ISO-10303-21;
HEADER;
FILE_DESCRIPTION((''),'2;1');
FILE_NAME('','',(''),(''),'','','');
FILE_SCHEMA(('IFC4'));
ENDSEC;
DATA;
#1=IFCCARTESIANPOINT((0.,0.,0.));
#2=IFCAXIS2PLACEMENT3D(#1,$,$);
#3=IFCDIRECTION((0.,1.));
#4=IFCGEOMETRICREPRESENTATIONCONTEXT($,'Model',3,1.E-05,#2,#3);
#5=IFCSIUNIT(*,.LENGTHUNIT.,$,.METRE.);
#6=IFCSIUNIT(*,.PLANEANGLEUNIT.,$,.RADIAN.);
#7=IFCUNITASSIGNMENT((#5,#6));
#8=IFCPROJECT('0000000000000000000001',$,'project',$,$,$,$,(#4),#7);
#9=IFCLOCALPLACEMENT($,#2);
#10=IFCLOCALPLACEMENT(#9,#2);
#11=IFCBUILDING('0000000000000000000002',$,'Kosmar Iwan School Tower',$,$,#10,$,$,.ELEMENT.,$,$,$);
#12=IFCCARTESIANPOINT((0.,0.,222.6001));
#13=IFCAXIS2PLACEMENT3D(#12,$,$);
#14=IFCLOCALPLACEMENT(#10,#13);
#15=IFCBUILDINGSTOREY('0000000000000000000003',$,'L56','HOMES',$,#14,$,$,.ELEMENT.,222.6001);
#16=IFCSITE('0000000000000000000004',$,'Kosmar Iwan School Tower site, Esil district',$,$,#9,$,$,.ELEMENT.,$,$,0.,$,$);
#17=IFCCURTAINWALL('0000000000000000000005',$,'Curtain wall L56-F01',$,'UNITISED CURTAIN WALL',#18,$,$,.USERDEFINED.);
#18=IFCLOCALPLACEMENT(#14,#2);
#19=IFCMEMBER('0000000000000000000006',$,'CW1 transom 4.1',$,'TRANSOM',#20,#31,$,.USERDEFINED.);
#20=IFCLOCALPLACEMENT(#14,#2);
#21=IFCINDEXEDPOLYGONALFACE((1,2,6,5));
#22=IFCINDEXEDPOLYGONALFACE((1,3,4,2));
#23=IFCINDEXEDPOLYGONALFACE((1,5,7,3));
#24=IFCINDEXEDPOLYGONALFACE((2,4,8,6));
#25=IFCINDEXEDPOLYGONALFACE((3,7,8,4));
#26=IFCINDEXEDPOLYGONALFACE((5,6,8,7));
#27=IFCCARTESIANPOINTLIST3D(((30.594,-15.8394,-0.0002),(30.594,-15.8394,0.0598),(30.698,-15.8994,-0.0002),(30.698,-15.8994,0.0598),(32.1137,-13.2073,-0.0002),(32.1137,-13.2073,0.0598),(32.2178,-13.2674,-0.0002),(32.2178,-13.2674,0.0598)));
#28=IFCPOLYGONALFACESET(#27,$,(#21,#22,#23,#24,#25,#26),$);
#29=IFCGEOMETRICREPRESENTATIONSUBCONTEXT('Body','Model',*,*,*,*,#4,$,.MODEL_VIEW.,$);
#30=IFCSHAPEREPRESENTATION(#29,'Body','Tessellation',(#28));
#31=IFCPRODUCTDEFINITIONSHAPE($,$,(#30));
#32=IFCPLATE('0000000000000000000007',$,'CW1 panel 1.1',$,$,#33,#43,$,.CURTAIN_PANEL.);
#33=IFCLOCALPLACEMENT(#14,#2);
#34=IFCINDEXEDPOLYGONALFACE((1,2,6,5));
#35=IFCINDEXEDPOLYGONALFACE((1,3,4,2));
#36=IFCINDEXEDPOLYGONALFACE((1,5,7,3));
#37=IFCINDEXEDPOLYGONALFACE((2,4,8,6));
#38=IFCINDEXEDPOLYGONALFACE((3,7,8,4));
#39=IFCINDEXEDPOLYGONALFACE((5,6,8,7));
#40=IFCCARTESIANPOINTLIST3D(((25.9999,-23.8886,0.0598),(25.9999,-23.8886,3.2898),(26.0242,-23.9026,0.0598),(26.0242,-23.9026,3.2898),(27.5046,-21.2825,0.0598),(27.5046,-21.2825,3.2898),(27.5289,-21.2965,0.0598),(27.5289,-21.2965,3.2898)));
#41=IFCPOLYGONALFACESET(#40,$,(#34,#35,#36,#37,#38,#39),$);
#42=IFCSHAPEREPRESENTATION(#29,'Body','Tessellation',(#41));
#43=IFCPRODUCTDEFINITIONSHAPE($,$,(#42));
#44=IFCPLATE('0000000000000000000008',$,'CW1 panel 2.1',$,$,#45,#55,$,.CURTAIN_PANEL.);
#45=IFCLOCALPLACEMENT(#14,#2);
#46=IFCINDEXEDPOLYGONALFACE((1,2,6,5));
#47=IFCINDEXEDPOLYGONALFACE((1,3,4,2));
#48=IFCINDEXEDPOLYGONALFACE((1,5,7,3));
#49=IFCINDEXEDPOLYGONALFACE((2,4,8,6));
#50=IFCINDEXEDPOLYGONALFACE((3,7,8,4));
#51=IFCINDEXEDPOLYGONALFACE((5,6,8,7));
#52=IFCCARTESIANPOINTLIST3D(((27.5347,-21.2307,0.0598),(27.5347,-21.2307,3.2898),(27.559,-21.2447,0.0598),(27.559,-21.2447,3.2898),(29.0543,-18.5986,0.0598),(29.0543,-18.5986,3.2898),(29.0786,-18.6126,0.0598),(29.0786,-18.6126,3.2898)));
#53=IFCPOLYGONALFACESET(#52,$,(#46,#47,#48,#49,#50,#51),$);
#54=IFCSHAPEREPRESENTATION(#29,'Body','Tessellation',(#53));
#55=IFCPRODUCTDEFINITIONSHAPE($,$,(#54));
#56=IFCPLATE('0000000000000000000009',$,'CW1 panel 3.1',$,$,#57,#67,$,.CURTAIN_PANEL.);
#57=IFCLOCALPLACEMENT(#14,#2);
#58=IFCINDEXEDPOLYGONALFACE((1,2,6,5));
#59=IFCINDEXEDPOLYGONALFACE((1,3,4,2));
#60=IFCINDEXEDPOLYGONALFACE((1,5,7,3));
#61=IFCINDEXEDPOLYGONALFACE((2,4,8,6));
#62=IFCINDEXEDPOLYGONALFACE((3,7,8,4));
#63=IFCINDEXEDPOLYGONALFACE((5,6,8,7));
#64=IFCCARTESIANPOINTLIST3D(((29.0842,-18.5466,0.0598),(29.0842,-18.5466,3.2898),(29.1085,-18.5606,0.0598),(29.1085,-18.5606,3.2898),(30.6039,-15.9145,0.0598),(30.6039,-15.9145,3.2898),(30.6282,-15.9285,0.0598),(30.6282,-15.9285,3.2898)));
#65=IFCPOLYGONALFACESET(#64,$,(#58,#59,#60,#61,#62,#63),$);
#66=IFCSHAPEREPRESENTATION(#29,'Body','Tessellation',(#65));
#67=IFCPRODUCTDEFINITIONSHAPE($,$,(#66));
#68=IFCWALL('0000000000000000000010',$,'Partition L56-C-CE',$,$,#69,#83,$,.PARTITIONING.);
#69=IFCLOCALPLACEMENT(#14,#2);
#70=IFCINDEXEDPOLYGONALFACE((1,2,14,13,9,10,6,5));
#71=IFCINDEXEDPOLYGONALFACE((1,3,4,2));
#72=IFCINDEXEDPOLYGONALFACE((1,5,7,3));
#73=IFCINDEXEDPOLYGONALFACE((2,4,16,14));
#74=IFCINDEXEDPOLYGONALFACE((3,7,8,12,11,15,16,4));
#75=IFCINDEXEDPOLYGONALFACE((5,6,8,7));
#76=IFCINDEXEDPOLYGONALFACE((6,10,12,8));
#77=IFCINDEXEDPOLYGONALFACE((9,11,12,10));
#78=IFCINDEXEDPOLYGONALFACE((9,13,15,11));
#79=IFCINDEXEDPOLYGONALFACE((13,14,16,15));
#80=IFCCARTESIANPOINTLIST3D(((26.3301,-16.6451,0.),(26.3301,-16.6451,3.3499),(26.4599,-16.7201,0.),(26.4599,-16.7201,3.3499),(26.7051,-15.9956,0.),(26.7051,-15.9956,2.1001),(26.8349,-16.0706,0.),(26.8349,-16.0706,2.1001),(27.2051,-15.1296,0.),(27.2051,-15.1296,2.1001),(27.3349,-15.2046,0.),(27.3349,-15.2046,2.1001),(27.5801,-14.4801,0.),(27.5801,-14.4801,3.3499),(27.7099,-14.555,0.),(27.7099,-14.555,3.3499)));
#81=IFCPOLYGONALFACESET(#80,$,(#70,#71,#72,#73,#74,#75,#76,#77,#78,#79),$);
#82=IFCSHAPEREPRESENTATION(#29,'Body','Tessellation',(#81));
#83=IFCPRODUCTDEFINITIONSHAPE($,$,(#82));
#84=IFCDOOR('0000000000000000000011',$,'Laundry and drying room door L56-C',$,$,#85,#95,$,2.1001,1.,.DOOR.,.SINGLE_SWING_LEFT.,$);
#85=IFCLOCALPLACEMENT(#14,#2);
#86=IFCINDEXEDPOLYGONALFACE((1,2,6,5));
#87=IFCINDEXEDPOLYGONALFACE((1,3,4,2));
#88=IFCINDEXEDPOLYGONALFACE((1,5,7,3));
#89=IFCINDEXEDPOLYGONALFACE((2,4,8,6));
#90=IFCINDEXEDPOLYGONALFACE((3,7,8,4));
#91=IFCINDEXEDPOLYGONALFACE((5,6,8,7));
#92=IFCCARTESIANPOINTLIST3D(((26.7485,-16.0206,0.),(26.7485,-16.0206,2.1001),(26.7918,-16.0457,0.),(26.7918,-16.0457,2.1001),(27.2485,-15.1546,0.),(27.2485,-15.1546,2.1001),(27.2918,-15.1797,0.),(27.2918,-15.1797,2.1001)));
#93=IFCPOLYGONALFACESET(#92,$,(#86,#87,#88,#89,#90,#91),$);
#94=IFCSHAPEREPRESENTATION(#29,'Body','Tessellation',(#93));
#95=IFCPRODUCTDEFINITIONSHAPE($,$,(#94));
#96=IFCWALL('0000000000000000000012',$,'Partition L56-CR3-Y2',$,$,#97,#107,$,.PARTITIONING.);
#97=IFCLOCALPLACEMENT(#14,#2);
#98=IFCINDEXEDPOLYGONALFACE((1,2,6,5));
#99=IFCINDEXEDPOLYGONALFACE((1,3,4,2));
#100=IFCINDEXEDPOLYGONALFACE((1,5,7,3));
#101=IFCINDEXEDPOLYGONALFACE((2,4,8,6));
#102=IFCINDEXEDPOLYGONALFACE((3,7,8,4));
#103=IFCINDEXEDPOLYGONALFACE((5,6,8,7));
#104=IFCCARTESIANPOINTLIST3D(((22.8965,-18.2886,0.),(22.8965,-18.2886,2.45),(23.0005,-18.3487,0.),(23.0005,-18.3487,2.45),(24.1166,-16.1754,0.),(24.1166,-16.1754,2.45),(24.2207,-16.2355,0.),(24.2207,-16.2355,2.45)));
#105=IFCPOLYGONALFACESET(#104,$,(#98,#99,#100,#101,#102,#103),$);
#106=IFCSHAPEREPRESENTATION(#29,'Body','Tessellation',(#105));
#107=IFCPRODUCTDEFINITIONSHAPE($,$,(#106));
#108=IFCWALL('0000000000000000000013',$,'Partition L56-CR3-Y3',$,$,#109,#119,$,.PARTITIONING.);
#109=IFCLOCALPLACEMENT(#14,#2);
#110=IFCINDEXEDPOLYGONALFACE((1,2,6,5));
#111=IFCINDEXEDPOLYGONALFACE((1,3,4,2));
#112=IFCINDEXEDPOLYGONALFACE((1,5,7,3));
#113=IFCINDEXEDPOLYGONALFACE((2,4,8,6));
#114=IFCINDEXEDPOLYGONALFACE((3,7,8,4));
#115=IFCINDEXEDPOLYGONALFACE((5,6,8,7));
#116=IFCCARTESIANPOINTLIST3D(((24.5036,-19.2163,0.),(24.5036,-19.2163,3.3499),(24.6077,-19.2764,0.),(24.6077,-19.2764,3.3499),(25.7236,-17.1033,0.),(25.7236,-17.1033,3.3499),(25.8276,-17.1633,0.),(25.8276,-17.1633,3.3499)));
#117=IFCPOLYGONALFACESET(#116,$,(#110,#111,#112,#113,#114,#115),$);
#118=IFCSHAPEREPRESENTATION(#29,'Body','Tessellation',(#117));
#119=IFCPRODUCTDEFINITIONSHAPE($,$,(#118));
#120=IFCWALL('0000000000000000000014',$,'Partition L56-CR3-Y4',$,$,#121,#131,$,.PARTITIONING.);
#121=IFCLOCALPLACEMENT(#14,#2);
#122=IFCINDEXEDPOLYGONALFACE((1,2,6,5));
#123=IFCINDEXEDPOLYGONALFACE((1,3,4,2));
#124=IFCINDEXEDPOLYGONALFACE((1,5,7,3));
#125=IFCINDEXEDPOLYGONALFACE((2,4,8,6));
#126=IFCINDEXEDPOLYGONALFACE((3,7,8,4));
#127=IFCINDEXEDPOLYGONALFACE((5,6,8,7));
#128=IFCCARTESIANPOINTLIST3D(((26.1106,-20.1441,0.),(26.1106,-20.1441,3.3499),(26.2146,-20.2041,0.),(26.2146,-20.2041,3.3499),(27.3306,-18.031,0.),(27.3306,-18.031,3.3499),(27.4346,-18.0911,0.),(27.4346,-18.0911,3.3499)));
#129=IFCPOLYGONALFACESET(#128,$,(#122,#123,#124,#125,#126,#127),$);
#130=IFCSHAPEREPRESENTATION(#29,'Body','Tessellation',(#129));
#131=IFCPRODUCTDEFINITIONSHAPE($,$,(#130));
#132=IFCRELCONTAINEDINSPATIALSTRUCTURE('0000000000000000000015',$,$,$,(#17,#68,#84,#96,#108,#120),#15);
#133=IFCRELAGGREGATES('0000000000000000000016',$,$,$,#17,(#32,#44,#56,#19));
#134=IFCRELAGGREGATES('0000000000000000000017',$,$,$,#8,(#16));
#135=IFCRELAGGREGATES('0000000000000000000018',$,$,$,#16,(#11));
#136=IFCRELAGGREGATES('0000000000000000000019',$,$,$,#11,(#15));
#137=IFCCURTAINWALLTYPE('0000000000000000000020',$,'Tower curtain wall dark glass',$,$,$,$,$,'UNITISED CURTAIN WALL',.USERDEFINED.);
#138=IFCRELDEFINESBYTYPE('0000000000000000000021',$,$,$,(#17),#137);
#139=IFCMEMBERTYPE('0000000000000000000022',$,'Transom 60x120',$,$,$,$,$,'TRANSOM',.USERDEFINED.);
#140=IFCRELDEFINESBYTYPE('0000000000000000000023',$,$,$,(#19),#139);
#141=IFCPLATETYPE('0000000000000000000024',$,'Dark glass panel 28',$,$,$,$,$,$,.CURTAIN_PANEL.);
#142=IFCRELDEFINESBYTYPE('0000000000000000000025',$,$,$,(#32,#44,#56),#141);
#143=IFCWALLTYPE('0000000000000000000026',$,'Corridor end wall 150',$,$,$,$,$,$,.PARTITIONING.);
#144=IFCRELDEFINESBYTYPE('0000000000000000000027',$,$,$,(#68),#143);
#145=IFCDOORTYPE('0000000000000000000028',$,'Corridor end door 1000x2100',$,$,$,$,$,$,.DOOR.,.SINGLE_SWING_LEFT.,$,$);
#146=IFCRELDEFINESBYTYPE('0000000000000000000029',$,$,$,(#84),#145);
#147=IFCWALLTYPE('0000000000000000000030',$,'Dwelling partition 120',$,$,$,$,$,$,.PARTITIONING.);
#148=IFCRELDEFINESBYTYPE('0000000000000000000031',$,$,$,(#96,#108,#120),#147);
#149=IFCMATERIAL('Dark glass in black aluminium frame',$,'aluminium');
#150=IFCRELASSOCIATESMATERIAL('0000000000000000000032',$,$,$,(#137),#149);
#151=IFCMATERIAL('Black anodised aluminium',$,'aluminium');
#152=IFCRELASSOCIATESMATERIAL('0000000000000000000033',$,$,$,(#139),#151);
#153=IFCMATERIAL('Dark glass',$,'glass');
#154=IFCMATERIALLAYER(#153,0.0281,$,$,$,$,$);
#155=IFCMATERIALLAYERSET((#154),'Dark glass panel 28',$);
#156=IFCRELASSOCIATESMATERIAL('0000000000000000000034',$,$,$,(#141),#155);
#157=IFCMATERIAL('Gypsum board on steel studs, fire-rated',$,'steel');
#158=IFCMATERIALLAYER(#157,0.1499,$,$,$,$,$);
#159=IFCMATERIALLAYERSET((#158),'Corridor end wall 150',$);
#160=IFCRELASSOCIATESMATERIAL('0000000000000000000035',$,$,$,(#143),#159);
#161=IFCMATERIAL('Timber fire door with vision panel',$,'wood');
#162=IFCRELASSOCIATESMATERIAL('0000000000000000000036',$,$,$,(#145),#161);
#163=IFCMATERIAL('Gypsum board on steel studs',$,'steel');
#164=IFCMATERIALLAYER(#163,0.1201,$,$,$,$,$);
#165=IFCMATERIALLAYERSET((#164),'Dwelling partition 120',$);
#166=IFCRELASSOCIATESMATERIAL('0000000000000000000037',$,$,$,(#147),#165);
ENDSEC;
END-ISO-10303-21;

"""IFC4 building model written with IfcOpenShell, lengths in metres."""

from ifc_helpers import new_model, si_unit, direction, frame, frame_2d, origin, origin_2d, place, context, subcontext, project, spatial, rectangle, extrude, material, layer, layer_set, material_profile, profile_set, type_object, element, fill, aggregate, save


model = new_model("IFC4")

# Units and contexts
model_context = context("Model", 3, precision=1e-05, world=origin(), true_north=direction((0.0, 1.0)))
body_context = subcontext(model_context, "Body", "Model", "MODEL_VIEW")
ifc_project = project(units=[si_unit("LENGTHUNIT", "METRE"), si_unit("PLANEANGLEUNIT", "RADIAN")], contexts=[model_context])

# Site, building, storey
site_placement = place(None, origin())
site = spatial("IfcSite", under=ifc_project, at=site_placement, Name="Kosmar Iwan School Tower site, Esil district", CompositionType="ELEMENT", RefElevation=0.0)
building_placement = place(site_placement, origin())
building = spatial("IfcBuilding", under=site, at=building_placement, Name="Kosmar Iwan School Tower", CompositionType="ELEMENT")
storey_placement = place(building_placement, frame((0.0, 0.0, 222.6001)))
storey = spatial("IfcBuildingStorey", under=building, at=storey_placement, Name="L56", Description="HOMES", CompositionType="ELEMENT", Elevation=222.6001)

# Curtain wall
ifc_material_1 = material(Name="Dark glass in black aluminium frame", Category="aluminium")
curtain_wall_type_1 = type_object("IfcCurtainWallType", Name="Tower curtain wall dark glass", ElementType="UNITISED CURTAIN WALL", PredefinedType="USERDEFINED", material=ifc_material_1)
curtain_wall_1_placement = place(storey_placement, origin())
curtain_wall_1 = element("IfcCurtainWall", 1, at=curtain_wall_1_placement, inside=storey, type_object=curtain_wall_type_1, Name="Curtain wall L56-F01", ObjectType="UNITISED CURTAIN WALL", PredefinedType="USERDEFINED")

# Member
ifc_material_2 = material(Name="Black anodised aluminium", Category="aluminium")
ifc_material_profile_1 = material_profile(ifc_material_2, rectangle(XDim=0.1201, YDim=0.0601, at=origin_2d()), Name="TRANSOM 60x120")
ifc_profile_set_1 = profile_set([ifc_material_profile_1], Name="Black anodised aluminium")
member_type_1 = type_object("IfcMemberType", Name="Transom 60x120", ElementType="TRANSOM", PredefinedType="USERDEFINED", material=ifc_profile_set_1)
member_1_placement = place(storey_placement, frame((30.646, -15.8694, 0.0298), z_axis=(0.500035, 0.866005, 0.0), x_axis=(-0.866005, 0.500035, 0.0)))
member_1 = element("IfcMember", 2, at=member_1_placement, type_object=member_type_1, Name="CW1 transom 4.1", ObjectType="TRANSOM", PredefinedType="USERDEFINED", context=body_context, shape_type="SweptSolid", body=[
    extrude(rectangle(XDim=0.1201, YDim=0.0601, at=origin_2d()), origin(), (0.0, 0.0, 1.0), 3.0393),
])

# Plates
ifc_material_3 = material(Name="Dark glass", Category="glass")
ifc_layer_1 = layer(ifc_material_3, 0.0281)
ifc_layer_set_1 = layer_set([ifc_layer_1], Name="Dark glass panel 28")
plate_type = type_object("IfcPlateType", Name="Dark glass panel 28", PredefinedType="CURTAIN_PANEL", material=ifc_layer_set_1)
plate_1_placement = place(storey_placement, frame((26.7644, -22.5925, 0.0598), z_axis=(0.0, 0.0, 1.0), x_axis=(0.5, 0.866025, 0.0)))
plate_1 = element("IfcPlate", 3, at=plate_1_placement, type_object=plate_type, Name="CW1 panel 1.1", PredefinedType="CURTAIN_PANEL", context=body_context, shape_type="SweptSolid", body=[
    extrude(rectangle(XDim=3.0093, YDim=0.0281, at=origin_2d()), origin(), (0.0, 0.0, 1.0), 3.23),
])
plate_2_placement = place(storey_placement, frame((28.3066, -19.9216, 0.0598), z_axis=(0.0, 0.0, 1.0), x_axis=(0.5, 0.866025, 0.0)))
plate_2 = element("IfcPlate", 4, at=plate_2_placement, type_object=plate_type, Name="CW1 panel 2.1", PredefinedType="CURTAIN_PANEL", context=body_context, shape_type="SweptSolid", body=[
    extrude(rectangle(XDim=3.0393, YDim=0.0281, at=origin_2d()), origin(), (0.0, 0.0, 1.0), 3.23),
])
plate_3_placement = place(storey_placement, frame((29.8562, -17.2375, 0.0598), z_axis=(0.0, 0.0, 1.0), x_axis=(0.5, 0.866025, 0.0)))
plate_3 = element("IfcPlate", 5, at=plate_3_placement, type_object=plate_type, Name="CW1 panel 3.1", PredefinedType="CURTAIN_PANEL", context=body_context, shape_type="SweptSolid", body=[
    extrude(rectangle(XDim=3.0393, YDim=0.0281, at=origin_2d()), origin(), (0.0, 0.0, 1.0), 3.23),
])
aggregate(curtain_wall_1, [plate_1, plate_2, plate_3, member_1])

# Wall, opening, door
ifc_material_4 = material(Name="Gypsum board on steel studs, fire-rated", Category="steel")
ifc_layer_2 = layer(ifc_material_4, 0.1499)
ifc_layer_set_2 = layer_set([ifc_layer_2], Name="Corridor end wall 150")
wall_type_1 = type_object("IfcWallType", Name="Corridor end wall 150", PredefinedType="PARTITIONING", material=ifc_layer_set_2)
wall_1_placement = place(storey_placement, frame((26.395, -16.6826, 0.0), z_axis=(0.0, 0.0, 1.0), x_axis=(0.500004, 0.866023, 0.0)))
wall_1 = element("IfcWall", 6, at=wall_1_placement, inside=storey, type_object=wall_type_1, Name="Partition L56-C-CE", PredefinedType="PARTITIONING", context=body_context, shape_type="SweptSolid", body=[
    extrude(rectangle(XDim=2.5, YDim=0.1499, at=frame_2d((1.25, 0.0))), origin(), (0.0, 0.0, 1.0), 3.3499),
])
opening_placement = place(wall_1_placement, frame((0.75, 0.0, 0.0)))
opening = element("IfcOpeningElement", 7, at=opening_placement, cuts=wall_1, PredefinedType="OPENING", context=body_context, shape_type="SweptSolid", body=[
    extrude(rectangle(XDim=1.0, YDim=2.1001, at=frame_2d((0.5, 1.05))), frame((0.0, 0.0869, 0.0), z_axis=(0.0, -1.0, 0.0), x_axis=(1.0, 0.0, 0.0)), (0.0, 0.0, 1.0), 0.1738),
])
ifc_material_5 = material(Name="Timber fire door with vision panel", Category="wood")
door_type = type_object("IfcDoorType", Name="Corridor end door 1000x2100", OperationType="SINGLE_SWING_LEFT", PredefinedType="DOOR", material=ifc_material_5)
door_placement = place(opening_placement, origin())
door = element("IfcDoor", 8, at=door_placement, inside=storey, type_object=door_type, Name="Laundry and drying room door L56-C", OperationType="SINGLE_SWING_LEFT", OverallHeight=2.1001, OverallWidth=1.0, PredefinedType="DOOR", context=body_context, shape_type="SweptSolid", body=[
    extrude(rectangle(XDim=1.0, YDim=2.1001, at=frame_2d((0.5, 1.05))), frame((0.0, 0.0249, 0.0), z_axis=(0.0, -1.0, 0.0), x_axis=(1.0, 0.0, 0.0)), (0.0, 0.0, 1.0), 0.05),
])
fill(opening, door)

# Walls
ifc_material_6 = material(Name="Gypsum board on steel studs", Category="steel")
ifc_layer_3 = layer(ifc_material_6, 0.1201)
ifc_layer_set_3 = layer_set([ifc_layer_3], Name="Dwelling partition 120")
wall_type_2 = type_object("IfcWallType", Name="Dwelling partition 120", PredefinedType="PARTITIONING", material=ifc_layer_set_3)
wall_2_placement = place(storey_placement, frame((24.1687, -16.2053, 0.0), z_axis=(0.0, 0.0, 1.0), x_axis=(-0.500034, -0.866006, 0.0)))
element("IfcWall", 9, at=wall_2_placement, inside=storey, type_object=wall_type_2, Name="Partition L56-CR3-Y2", PredefinedType="PARTITIONING", context=body_context, shape_type="SweptSolid", body=[
    extrude(rectangle(XDim=2.4402, YDim=0.1201, at=frame_2d((1.2202, 0.0))), origin(), (0.0, 0.0, 1.0), 2.45),
])
for number, where, z_axis, x_axis, name in (
    (10, (25.7756, -17.1333, 0.0), (0.0, 0.0, 1.0), (-0.500003, -0.866024, 0.0), "Partition L56-CR3-Y3"),
    (11, (27.3826, -18.061, 0.0), (0.0, 0.0, 1.0), (-0.500003, -0.866024, 0.0), "Partition L56-CR3-Y4"),
):
    element("IfcWall", number, at=place(storey_placement, frame(where, z_axis=z_axis, x_axis=x_axis)), inside=storey, type_object=wall_type_2, Name=name, PredefinedType="PARTITIONING", context=body_context, shape_type="SweptSolid", body=[
        extrude(rectangle(XDim=2.4399, YDim=0.1201, at=frame_2d((1.22, 0.0))), origin(), (0.0, 0.0, 1.0), 3.3499),
    ])

save(model, "model.ifc")
